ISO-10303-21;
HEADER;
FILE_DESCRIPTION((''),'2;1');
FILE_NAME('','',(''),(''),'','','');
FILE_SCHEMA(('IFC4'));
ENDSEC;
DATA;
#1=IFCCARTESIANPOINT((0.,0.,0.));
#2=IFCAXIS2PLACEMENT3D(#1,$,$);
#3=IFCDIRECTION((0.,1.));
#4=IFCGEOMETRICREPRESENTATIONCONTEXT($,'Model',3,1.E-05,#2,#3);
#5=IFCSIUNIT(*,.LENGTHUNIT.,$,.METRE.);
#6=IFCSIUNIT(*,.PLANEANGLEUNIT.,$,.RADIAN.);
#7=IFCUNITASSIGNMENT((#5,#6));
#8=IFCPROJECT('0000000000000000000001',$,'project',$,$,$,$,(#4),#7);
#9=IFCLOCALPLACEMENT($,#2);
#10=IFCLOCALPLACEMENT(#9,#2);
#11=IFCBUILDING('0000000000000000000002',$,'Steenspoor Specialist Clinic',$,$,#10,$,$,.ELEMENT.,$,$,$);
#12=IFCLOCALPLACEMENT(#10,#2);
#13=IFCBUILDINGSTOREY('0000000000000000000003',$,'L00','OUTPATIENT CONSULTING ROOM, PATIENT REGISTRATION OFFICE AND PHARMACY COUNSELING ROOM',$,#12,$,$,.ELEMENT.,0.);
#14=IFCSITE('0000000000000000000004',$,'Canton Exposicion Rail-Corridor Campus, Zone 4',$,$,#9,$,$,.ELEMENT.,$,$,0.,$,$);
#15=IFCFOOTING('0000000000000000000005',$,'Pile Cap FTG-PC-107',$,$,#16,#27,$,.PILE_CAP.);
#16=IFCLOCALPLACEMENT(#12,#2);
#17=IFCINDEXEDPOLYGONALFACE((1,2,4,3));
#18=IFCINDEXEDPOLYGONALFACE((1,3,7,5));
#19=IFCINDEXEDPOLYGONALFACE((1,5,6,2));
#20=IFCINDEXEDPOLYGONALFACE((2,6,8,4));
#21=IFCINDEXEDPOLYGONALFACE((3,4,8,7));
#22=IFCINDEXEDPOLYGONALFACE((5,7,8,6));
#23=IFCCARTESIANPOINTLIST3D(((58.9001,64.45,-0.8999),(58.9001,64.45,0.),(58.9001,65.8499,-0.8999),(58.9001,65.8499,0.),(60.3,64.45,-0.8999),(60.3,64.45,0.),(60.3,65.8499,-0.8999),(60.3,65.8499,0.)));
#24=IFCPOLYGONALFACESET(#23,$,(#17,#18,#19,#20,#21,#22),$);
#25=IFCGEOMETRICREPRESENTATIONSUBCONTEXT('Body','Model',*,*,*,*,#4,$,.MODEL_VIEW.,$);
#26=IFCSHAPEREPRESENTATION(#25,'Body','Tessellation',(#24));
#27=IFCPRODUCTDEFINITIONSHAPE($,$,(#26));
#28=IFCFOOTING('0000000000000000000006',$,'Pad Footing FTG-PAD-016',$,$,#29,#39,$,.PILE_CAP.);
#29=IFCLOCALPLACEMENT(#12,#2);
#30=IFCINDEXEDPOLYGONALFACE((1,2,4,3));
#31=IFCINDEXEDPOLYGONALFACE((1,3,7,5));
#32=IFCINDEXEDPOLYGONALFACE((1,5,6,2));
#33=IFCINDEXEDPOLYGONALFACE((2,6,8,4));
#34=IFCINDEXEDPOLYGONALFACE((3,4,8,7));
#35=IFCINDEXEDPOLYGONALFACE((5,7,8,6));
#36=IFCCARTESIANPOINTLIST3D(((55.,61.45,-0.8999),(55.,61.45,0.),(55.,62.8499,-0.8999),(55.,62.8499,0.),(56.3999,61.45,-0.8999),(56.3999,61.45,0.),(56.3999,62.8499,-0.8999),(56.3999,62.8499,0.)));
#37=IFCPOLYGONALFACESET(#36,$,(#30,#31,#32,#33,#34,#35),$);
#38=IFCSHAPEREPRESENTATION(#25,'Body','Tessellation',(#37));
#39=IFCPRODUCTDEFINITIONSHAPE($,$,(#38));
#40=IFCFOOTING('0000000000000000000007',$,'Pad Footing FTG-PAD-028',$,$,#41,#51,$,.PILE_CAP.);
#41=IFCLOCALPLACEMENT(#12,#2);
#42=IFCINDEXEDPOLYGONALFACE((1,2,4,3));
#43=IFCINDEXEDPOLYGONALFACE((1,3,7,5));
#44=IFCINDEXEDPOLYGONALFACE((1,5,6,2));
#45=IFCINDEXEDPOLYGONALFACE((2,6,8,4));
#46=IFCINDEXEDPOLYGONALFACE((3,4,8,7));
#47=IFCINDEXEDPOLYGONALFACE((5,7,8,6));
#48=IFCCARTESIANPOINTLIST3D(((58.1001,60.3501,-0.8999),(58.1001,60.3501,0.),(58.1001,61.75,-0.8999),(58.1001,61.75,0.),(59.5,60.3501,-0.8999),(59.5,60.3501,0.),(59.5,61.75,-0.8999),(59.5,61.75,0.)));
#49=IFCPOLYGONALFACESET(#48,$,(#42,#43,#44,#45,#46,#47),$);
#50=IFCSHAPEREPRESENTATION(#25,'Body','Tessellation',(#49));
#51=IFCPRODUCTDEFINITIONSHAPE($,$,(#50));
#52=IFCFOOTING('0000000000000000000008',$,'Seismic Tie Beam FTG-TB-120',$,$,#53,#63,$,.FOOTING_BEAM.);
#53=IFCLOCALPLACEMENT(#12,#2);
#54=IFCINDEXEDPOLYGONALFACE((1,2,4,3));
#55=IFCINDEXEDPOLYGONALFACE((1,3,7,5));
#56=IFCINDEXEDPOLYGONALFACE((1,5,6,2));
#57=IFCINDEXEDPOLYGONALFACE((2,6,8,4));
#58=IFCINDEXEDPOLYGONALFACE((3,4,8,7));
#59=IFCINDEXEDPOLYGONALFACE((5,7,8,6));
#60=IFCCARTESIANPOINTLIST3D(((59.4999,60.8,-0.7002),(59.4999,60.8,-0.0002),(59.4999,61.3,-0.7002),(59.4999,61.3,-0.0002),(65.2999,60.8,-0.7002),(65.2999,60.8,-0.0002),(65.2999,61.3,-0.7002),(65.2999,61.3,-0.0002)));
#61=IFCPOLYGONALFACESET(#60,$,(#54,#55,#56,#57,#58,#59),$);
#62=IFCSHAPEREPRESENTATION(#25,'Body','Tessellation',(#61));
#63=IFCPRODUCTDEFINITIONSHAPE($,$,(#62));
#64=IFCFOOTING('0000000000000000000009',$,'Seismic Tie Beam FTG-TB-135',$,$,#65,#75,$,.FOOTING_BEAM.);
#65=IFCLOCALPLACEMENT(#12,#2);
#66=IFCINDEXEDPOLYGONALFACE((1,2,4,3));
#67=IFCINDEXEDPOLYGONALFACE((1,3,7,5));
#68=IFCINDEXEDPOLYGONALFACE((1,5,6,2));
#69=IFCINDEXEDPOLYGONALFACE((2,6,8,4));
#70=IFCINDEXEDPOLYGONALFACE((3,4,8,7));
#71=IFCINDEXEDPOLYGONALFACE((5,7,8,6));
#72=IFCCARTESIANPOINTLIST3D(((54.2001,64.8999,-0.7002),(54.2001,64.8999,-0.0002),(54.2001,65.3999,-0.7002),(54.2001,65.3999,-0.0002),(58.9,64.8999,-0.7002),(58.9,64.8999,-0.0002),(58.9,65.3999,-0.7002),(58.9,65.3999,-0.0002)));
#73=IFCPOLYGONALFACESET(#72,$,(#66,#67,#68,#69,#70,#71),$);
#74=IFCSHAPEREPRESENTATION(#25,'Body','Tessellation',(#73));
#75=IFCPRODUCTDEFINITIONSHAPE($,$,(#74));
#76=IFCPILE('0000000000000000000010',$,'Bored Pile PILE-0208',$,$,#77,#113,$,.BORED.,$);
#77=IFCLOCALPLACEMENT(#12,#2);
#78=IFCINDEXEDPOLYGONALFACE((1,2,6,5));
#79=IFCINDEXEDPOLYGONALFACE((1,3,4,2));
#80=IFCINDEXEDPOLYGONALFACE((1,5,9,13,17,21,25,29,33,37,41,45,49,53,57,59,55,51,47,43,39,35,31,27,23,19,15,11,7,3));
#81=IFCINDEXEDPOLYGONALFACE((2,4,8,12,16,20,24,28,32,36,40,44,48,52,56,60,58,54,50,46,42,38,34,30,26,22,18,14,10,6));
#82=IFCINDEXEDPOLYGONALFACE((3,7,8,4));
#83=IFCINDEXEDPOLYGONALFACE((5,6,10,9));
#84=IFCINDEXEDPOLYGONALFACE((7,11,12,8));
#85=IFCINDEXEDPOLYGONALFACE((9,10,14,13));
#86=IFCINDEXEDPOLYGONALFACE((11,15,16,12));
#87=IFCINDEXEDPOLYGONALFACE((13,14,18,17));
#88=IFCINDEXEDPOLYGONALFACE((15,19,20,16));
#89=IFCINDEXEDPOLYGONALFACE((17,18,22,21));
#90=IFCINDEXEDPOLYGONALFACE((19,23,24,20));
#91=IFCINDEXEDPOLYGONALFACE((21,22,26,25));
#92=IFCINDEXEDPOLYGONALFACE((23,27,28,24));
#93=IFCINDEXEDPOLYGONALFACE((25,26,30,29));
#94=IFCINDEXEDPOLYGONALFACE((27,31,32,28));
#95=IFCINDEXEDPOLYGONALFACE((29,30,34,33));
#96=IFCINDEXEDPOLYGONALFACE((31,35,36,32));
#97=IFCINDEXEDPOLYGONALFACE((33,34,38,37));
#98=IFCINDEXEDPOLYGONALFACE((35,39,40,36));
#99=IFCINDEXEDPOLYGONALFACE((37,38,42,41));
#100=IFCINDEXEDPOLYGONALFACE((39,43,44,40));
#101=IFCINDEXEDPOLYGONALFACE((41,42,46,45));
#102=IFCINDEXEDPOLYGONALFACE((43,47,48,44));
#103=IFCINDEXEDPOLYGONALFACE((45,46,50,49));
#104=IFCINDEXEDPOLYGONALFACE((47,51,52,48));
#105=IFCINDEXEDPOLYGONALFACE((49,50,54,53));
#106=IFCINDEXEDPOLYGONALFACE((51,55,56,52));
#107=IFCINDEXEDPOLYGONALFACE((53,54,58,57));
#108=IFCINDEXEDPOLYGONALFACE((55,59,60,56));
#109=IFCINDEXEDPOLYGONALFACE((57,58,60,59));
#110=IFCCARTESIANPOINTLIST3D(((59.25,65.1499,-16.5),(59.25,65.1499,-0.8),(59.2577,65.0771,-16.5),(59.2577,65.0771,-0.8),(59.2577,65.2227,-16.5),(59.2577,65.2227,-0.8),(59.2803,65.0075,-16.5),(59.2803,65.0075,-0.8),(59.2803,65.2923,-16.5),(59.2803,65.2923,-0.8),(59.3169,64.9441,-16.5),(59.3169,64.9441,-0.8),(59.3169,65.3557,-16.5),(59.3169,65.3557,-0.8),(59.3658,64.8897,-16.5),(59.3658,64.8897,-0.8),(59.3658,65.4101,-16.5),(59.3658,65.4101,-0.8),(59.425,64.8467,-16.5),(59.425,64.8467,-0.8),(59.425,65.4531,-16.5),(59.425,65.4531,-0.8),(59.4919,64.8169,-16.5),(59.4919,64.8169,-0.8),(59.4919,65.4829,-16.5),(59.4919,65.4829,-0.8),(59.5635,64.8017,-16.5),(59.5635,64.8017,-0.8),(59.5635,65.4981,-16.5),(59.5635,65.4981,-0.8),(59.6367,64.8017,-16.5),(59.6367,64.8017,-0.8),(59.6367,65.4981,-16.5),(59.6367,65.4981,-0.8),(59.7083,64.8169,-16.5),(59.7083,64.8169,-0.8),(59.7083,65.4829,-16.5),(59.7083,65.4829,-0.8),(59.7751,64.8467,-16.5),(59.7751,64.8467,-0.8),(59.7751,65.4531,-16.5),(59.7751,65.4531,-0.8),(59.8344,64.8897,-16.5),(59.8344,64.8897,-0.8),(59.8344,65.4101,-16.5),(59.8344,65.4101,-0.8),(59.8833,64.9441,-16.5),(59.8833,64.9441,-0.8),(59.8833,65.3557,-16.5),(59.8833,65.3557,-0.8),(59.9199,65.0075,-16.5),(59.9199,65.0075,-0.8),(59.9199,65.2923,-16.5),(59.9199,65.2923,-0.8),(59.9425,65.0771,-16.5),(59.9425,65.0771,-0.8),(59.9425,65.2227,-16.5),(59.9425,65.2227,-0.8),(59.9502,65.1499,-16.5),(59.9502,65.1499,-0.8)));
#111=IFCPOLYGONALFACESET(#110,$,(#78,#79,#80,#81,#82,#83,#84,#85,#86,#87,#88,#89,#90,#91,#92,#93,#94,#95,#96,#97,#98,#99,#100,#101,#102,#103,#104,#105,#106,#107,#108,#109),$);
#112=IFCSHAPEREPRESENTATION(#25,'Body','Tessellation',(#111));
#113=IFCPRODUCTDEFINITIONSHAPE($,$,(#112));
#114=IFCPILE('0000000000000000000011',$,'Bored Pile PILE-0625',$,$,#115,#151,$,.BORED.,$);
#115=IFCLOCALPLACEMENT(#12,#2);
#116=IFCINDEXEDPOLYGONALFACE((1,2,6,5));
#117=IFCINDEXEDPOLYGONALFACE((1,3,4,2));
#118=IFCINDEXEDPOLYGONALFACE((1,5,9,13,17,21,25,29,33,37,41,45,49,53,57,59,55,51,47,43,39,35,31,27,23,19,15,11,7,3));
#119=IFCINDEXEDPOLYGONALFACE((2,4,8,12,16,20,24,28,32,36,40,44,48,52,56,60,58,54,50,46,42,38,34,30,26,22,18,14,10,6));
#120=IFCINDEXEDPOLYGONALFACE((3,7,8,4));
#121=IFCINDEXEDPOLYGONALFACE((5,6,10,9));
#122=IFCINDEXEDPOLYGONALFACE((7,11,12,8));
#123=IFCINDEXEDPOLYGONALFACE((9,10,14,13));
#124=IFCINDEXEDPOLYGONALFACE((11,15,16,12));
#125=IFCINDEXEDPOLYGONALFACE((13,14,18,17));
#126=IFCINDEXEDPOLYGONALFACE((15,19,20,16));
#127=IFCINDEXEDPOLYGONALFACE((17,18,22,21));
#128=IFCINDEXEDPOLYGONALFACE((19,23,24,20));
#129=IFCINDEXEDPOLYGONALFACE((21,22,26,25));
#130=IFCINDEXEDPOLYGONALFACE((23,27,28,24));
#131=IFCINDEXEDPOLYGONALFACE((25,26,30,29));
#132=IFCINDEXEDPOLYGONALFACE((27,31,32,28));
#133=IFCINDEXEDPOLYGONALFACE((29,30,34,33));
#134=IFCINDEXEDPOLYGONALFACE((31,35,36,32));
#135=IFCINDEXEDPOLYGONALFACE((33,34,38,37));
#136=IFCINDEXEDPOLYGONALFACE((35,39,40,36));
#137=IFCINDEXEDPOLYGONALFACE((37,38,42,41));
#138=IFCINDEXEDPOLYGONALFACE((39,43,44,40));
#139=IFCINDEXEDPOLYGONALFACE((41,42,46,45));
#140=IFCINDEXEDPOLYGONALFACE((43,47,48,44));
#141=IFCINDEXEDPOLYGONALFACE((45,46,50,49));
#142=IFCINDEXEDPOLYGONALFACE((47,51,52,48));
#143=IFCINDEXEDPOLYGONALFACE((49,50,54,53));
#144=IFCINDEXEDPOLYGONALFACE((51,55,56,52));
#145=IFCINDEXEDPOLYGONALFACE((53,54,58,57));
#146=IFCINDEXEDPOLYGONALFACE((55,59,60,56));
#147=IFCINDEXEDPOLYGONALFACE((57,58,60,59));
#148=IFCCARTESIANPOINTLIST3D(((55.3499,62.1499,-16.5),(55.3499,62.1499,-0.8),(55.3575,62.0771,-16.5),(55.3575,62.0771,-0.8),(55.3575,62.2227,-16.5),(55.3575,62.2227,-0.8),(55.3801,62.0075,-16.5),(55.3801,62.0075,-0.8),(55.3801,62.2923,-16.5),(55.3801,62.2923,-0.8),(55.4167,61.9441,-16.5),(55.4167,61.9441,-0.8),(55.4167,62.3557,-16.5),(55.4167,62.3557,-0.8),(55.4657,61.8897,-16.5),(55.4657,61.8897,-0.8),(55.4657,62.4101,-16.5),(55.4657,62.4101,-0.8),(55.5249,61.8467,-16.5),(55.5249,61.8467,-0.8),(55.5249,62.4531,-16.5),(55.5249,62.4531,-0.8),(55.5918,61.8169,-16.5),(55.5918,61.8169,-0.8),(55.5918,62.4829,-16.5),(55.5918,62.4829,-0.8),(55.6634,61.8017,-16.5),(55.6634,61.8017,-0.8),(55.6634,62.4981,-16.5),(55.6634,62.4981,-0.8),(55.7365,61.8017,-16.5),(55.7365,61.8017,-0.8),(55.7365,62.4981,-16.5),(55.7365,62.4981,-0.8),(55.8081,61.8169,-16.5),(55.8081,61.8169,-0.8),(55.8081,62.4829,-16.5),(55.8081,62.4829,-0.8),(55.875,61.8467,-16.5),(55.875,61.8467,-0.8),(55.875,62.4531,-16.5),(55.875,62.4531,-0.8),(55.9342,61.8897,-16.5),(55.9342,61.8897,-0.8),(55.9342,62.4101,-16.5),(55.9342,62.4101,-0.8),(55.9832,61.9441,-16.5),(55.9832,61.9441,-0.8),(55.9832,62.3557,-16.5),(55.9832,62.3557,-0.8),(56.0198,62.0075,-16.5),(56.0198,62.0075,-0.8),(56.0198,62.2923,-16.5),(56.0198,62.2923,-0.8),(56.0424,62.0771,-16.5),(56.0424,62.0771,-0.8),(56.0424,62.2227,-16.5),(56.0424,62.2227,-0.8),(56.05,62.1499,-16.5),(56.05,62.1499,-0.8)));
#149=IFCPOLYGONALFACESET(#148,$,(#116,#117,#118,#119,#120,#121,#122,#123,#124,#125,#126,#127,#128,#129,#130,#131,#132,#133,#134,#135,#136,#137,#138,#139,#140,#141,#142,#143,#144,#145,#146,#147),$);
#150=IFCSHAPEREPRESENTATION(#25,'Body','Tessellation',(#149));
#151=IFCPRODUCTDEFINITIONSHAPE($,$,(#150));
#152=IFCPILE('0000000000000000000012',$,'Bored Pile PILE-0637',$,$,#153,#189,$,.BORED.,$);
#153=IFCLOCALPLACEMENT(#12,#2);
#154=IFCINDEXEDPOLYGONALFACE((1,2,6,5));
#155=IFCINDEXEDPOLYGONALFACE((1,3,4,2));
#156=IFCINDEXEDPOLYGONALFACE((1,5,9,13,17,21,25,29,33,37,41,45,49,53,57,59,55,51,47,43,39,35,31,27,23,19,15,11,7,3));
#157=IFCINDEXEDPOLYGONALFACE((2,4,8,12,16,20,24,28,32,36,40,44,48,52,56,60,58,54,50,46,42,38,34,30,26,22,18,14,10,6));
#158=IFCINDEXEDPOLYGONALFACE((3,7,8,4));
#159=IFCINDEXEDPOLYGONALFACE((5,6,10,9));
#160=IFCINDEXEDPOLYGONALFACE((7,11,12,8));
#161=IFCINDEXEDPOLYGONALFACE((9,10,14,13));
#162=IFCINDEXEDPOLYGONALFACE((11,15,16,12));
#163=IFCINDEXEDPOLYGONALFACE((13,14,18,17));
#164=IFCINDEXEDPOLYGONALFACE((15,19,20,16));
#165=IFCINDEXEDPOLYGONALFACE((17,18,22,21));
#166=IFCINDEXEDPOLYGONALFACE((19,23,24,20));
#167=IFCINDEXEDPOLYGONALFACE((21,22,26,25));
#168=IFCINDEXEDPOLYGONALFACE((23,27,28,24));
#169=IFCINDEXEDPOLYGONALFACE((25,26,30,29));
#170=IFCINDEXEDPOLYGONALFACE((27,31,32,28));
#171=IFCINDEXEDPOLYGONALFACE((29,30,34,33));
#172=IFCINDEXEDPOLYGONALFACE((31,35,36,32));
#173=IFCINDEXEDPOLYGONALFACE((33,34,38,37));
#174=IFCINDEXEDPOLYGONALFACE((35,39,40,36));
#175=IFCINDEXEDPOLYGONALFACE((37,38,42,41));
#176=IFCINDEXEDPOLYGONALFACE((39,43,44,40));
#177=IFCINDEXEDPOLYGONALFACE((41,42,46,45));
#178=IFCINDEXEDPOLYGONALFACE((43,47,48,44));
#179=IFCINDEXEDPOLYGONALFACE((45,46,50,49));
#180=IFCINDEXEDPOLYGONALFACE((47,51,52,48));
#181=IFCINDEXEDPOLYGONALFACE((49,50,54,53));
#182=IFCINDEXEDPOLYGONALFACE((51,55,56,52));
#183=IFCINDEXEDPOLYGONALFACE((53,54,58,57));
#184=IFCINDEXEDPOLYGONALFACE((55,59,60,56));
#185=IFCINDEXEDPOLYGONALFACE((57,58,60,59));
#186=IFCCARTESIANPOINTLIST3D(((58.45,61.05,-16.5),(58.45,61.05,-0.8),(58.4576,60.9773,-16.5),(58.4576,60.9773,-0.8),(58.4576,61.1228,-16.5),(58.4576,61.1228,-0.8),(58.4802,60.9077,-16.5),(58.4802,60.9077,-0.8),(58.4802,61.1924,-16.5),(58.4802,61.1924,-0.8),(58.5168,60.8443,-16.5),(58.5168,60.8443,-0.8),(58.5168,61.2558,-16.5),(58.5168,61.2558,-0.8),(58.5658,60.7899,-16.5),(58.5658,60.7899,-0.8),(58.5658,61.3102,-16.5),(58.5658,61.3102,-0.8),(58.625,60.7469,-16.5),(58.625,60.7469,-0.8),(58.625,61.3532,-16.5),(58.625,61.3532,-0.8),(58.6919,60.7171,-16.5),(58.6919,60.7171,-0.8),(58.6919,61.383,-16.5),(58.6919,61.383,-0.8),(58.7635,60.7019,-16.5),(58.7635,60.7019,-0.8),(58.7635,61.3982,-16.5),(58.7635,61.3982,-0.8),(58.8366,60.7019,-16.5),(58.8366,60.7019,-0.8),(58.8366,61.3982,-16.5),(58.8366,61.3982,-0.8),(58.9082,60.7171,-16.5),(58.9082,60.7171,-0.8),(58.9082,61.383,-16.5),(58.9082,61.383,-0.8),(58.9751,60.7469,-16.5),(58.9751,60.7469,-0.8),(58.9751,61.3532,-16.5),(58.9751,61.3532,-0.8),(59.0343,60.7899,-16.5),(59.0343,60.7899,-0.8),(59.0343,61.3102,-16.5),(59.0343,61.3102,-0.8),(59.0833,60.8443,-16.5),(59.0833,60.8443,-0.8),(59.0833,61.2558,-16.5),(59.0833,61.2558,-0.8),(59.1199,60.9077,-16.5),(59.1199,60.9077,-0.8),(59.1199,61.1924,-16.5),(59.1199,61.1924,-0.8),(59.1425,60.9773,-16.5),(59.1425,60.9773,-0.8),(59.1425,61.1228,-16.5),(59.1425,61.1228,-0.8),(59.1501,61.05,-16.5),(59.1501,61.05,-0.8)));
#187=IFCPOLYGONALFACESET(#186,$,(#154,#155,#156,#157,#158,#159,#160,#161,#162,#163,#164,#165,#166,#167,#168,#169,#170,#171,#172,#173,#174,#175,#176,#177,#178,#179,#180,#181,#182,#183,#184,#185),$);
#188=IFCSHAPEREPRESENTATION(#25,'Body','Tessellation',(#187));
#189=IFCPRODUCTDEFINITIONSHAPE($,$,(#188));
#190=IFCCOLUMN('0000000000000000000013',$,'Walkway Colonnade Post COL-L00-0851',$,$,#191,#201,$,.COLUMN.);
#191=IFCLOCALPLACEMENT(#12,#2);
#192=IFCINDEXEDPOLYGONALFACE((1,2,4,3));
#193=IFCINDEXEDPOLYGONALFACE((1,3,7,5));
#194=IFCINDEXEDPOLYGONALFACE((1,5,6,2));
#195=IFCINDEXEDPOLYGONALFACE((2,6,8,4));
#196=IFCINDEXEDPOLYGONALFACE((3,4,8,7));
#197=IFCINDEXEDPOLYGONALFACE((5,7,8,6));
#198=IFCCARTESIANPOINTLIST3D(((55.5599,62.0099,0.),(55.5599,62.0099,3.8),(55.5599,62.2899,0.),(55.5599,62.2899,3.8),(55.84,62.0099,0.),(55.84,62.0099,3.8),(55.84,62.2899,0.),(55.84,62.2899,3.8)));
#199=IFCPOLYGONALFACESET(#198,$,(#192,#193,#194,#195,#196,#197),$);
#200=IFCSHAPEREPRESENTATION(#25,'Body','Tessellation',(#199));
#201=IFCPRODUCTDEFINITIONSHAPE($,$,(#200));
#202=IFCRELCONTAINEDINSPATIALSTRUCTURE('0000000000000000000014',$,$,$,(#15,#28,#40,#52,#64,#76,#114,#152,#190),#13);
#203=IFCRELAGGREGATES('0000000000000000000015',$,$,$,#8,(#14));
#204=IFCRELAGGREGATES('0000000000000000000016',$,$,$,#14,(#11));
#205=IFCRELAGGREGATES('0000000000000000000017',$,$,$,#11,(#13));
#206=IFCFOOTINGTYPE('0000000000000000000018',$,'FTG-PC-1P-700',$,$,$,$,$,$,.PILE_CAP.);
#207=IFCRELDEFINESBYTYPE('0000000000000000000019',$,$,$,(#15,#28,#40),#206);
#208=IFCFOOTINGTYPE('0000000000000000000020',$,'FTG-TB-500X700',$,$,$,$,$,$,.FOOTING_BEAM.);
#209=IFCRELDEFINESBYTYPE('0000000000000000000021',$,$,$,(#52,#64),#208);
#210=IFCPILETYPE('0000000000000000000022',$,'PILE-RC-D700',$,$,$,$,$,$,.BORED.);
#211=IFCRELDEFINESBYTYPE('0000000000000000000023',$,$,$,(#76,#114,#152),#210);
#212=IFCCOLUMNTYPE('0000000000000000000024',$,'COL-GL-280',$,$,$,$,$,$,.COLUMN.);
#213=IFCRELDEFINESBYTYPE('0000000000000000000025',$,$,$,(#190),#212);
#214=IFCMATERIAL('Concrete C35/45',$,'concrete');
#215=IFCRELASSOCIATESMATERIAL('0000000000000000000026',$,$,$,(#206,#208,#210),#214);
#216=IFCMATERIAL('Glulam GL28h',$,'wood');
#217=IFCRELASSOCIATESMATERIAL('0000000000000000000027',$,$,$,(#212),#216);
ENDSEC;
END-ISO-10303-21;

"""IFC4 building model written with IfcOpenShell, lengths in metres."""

from ifc_helpers import new_model, si_unit, direction, frame, origin, origin_2d, place, context, subcontext, project, spatial, rectangle, circle, extrude, material, material_profile, profile_set, type_object, element, save


model = new_model("IFC4")

# Units and contexts
model_context = context("Model", 3, precision=1e-05, world=origin(), true_north=direction((0.0, 1.0)))
body_context = subcontext(model_context, "Body", "Model", "MODEL_VIEW")
ifc_project = project(units=[si_unit("LENGTHUNIT", "METRE"), si_unit("PLANEANGLEUNIT", "RADIAN")], contexts=[model_context])

# Site, building, storey
site_placement = place(None, origin())
site = spatial("IfcSite", under=ifc_project, at=site_placement, Name="Canton Exposicion Rail-Corridor Campus, Zone 4", CompositionType="ELEMENT", RefElevation=0.0)
building_placement = place(site_placement, origin())
building = spatial("IfcBuilding", under=site, at=building_placement, Name="Steenspoor Specialist Clinic", CompositionType="ELEMENT")
storey_placement = place(building_placement, origin())
storey = spatial("IfcBuildingStorey", under=building, at=storey_placement, Name="L00", Description="OUTPATIENT CONSULTING ROOM, PATIENT REGISTRATION OFFICE AND PHARMACY COUNSELING ROOM", CompositionType="ELEMENT", Elevation=0.0)

# Footings
ifc_material_1 = material(Name="Concrete C35/45", Category="concrete")
footing_type_1 = type_object("IfcFootingType", Name="FTG-PC-1P-700", PredefinedType="PILE_CAP", material=ifc_material_1)
for number, where, z_axis, x_axis, name in (
    (1, (59.6001, 65.1499, -0.8999), (0.0, 0.0, 1.0), (1.0, 0.0, 0.0), "Pile Cap FTG-PC-107"),
    (2, (55.7, 62.1499, -0.8999), (0.0, 0.0, 1.0), (1.0, 0.0, 0.0), "Pad Footing FTG-PAD-016"),
    (3, (58.8, 61.05, -0.8999), (0.0, 0.0, 1.0), (1.0, 0.0, 0.0), "Pad Footing FTG-PAD-028"),
):
    element("IfcFooting", number, at=place(storey_placement, frame(where, z_axis=z_axis, x_axis=x_axis)), inside=storey, type_object=footing_type_1, Name=name, PredefinedType="PILE_CAP", context=body_context, shape_type="SweptSolid", body=[
        extrude(rectangle(XDim=1.3999, YDim=1.3999, at=origin_2d()), origin(), (0.0, 0.0, 1.0), 0.8999),
    ])
footing_type_2 = type_object("IfcFootingType", Name="FTG-TB-500X700", PredefinedType="FOOTING_BEAM", material=ifc_material_1)
footing_1_placement = place(storey_placement, frame((62.3999, 61.05, -0.7002), z_axis=(0.0, 0.0, 1.0), x_axis=(1.0, 0.0, 0.0)))
element("IfcFooting", 4, at=footing_1_placement, inside=storey, type_object=footing_type_2, Name="Seismic Tie Beam FTG-TB-120", PredefinedType="FOOTING_BEAM", context=body_context, shape_type="SweptSolid", body=[
    extrude(rectangle(XDim=5.8, YDim=0.5, at=origin_2d()), origin(), (0.0, 0.0, 1.0), 0.7),
])
footing_2_placement = place(storey_placement, frame((56.55, 65.1499, -0.7002), z_axis=(0.0, 0.0, 1.0), x_axis=(1.0, 0.0, 0.0)))
element("IfcFooting", 5, at=footing_2_placement, inside=storey, type_object=footing_type_2, Name="Seismic Tie Beam FTG-TB-135", PredefinedType="FOOTING_BEAM", context=body_context, shape_type="SweptSolid", body=[
    extrude(rectangle(XDim=4.7, YDim=0.5, at=origin_2d()), origin(), (0.0, 0.0, 1.0), 0.7),
])

# Piles
ifc_material_profile_1 = material_profile(ifc_material_1, circle(Radius=0.3501, at=origin_2d()), Name="PILE-D700")
ifc_profile_set_1 = profile_set([ifc_material_profile_1], Name="Concrete C35/45")
pile_type = type_object("IfcPileType", Name="PILE-RC-D700", PredefinedType="BORED", material=ifc_profile_set_1)
for number, where, z_axis, x_axis, name in (
    (6, (59.6001, 65.1499, -0.8), (0.0, 0.0, -1.0), (1.0, 0.0, 0.0), "Bored Pile PILE-0208"),
    (7, (55.7, 62.1499, -0.8), (0.0, 0.0, -1.0), (1.0, 0.0, 0.0), "Bored Pile PILE-0625"),
    (8, (58.8, 61.05, -0.8), (0.0, 0.0, -1.0), (1.0, 0.0, 0.0), "Bored Pile PILE-0637"),
):
    element("IfcPile", number, at=place(storey_placement, frame(where, z_axis=z_axis, x_axis=x_axis)), inside=storey, type_object=pile_type, Name=name, PredefinedType="BORED", context=body_context, shape_type="SweptSolid", body=[
        extrude(circle(Radius=0.3501, at=origin_2d()), origin(), (0.0, 0.0, 1.0), 15.7),
    ])

# Column
ifc_material_2 = material(Name="Glulam GL28h", Category="wood")
ifc_material_profile_2 = material_profile(ifc_material_2, rectangle(XDim=0.28, YDim=0.28, at=origin_2d()), Name="GL28H-280X280")
ifc_profile_set_2 = profile_set([ifc_material_profile_2], Name="Glulam GL28h")
column_type_1 = type_object("IfcColumnType", Name="COL-GL-280", PredefinedType="COLUMN", material=ifc_profile_set_2)
column_1_placement = place(storey_placement, frame((55.7, 62.1499, 0.0), z_axis=(0.0, 0.0, 1.0), x_axis=(1.0, 0.0, 0.0)))
element("IfcColumn", 9, at=column_1_placement, inside=storey, type_object=column_type_1, Name="Walkway Colonnade Post COL-L00-0851", PredefinedType="COLUMN", context=body_context, shape_type="SweptSolid", body=[
    extrude(rectangle(XDim=0.28, YDim=0.28, at=origin_2d()), origin(), (0.0, 0.0, 1.0), 3.8),
])

save(model, "model.ifc")
